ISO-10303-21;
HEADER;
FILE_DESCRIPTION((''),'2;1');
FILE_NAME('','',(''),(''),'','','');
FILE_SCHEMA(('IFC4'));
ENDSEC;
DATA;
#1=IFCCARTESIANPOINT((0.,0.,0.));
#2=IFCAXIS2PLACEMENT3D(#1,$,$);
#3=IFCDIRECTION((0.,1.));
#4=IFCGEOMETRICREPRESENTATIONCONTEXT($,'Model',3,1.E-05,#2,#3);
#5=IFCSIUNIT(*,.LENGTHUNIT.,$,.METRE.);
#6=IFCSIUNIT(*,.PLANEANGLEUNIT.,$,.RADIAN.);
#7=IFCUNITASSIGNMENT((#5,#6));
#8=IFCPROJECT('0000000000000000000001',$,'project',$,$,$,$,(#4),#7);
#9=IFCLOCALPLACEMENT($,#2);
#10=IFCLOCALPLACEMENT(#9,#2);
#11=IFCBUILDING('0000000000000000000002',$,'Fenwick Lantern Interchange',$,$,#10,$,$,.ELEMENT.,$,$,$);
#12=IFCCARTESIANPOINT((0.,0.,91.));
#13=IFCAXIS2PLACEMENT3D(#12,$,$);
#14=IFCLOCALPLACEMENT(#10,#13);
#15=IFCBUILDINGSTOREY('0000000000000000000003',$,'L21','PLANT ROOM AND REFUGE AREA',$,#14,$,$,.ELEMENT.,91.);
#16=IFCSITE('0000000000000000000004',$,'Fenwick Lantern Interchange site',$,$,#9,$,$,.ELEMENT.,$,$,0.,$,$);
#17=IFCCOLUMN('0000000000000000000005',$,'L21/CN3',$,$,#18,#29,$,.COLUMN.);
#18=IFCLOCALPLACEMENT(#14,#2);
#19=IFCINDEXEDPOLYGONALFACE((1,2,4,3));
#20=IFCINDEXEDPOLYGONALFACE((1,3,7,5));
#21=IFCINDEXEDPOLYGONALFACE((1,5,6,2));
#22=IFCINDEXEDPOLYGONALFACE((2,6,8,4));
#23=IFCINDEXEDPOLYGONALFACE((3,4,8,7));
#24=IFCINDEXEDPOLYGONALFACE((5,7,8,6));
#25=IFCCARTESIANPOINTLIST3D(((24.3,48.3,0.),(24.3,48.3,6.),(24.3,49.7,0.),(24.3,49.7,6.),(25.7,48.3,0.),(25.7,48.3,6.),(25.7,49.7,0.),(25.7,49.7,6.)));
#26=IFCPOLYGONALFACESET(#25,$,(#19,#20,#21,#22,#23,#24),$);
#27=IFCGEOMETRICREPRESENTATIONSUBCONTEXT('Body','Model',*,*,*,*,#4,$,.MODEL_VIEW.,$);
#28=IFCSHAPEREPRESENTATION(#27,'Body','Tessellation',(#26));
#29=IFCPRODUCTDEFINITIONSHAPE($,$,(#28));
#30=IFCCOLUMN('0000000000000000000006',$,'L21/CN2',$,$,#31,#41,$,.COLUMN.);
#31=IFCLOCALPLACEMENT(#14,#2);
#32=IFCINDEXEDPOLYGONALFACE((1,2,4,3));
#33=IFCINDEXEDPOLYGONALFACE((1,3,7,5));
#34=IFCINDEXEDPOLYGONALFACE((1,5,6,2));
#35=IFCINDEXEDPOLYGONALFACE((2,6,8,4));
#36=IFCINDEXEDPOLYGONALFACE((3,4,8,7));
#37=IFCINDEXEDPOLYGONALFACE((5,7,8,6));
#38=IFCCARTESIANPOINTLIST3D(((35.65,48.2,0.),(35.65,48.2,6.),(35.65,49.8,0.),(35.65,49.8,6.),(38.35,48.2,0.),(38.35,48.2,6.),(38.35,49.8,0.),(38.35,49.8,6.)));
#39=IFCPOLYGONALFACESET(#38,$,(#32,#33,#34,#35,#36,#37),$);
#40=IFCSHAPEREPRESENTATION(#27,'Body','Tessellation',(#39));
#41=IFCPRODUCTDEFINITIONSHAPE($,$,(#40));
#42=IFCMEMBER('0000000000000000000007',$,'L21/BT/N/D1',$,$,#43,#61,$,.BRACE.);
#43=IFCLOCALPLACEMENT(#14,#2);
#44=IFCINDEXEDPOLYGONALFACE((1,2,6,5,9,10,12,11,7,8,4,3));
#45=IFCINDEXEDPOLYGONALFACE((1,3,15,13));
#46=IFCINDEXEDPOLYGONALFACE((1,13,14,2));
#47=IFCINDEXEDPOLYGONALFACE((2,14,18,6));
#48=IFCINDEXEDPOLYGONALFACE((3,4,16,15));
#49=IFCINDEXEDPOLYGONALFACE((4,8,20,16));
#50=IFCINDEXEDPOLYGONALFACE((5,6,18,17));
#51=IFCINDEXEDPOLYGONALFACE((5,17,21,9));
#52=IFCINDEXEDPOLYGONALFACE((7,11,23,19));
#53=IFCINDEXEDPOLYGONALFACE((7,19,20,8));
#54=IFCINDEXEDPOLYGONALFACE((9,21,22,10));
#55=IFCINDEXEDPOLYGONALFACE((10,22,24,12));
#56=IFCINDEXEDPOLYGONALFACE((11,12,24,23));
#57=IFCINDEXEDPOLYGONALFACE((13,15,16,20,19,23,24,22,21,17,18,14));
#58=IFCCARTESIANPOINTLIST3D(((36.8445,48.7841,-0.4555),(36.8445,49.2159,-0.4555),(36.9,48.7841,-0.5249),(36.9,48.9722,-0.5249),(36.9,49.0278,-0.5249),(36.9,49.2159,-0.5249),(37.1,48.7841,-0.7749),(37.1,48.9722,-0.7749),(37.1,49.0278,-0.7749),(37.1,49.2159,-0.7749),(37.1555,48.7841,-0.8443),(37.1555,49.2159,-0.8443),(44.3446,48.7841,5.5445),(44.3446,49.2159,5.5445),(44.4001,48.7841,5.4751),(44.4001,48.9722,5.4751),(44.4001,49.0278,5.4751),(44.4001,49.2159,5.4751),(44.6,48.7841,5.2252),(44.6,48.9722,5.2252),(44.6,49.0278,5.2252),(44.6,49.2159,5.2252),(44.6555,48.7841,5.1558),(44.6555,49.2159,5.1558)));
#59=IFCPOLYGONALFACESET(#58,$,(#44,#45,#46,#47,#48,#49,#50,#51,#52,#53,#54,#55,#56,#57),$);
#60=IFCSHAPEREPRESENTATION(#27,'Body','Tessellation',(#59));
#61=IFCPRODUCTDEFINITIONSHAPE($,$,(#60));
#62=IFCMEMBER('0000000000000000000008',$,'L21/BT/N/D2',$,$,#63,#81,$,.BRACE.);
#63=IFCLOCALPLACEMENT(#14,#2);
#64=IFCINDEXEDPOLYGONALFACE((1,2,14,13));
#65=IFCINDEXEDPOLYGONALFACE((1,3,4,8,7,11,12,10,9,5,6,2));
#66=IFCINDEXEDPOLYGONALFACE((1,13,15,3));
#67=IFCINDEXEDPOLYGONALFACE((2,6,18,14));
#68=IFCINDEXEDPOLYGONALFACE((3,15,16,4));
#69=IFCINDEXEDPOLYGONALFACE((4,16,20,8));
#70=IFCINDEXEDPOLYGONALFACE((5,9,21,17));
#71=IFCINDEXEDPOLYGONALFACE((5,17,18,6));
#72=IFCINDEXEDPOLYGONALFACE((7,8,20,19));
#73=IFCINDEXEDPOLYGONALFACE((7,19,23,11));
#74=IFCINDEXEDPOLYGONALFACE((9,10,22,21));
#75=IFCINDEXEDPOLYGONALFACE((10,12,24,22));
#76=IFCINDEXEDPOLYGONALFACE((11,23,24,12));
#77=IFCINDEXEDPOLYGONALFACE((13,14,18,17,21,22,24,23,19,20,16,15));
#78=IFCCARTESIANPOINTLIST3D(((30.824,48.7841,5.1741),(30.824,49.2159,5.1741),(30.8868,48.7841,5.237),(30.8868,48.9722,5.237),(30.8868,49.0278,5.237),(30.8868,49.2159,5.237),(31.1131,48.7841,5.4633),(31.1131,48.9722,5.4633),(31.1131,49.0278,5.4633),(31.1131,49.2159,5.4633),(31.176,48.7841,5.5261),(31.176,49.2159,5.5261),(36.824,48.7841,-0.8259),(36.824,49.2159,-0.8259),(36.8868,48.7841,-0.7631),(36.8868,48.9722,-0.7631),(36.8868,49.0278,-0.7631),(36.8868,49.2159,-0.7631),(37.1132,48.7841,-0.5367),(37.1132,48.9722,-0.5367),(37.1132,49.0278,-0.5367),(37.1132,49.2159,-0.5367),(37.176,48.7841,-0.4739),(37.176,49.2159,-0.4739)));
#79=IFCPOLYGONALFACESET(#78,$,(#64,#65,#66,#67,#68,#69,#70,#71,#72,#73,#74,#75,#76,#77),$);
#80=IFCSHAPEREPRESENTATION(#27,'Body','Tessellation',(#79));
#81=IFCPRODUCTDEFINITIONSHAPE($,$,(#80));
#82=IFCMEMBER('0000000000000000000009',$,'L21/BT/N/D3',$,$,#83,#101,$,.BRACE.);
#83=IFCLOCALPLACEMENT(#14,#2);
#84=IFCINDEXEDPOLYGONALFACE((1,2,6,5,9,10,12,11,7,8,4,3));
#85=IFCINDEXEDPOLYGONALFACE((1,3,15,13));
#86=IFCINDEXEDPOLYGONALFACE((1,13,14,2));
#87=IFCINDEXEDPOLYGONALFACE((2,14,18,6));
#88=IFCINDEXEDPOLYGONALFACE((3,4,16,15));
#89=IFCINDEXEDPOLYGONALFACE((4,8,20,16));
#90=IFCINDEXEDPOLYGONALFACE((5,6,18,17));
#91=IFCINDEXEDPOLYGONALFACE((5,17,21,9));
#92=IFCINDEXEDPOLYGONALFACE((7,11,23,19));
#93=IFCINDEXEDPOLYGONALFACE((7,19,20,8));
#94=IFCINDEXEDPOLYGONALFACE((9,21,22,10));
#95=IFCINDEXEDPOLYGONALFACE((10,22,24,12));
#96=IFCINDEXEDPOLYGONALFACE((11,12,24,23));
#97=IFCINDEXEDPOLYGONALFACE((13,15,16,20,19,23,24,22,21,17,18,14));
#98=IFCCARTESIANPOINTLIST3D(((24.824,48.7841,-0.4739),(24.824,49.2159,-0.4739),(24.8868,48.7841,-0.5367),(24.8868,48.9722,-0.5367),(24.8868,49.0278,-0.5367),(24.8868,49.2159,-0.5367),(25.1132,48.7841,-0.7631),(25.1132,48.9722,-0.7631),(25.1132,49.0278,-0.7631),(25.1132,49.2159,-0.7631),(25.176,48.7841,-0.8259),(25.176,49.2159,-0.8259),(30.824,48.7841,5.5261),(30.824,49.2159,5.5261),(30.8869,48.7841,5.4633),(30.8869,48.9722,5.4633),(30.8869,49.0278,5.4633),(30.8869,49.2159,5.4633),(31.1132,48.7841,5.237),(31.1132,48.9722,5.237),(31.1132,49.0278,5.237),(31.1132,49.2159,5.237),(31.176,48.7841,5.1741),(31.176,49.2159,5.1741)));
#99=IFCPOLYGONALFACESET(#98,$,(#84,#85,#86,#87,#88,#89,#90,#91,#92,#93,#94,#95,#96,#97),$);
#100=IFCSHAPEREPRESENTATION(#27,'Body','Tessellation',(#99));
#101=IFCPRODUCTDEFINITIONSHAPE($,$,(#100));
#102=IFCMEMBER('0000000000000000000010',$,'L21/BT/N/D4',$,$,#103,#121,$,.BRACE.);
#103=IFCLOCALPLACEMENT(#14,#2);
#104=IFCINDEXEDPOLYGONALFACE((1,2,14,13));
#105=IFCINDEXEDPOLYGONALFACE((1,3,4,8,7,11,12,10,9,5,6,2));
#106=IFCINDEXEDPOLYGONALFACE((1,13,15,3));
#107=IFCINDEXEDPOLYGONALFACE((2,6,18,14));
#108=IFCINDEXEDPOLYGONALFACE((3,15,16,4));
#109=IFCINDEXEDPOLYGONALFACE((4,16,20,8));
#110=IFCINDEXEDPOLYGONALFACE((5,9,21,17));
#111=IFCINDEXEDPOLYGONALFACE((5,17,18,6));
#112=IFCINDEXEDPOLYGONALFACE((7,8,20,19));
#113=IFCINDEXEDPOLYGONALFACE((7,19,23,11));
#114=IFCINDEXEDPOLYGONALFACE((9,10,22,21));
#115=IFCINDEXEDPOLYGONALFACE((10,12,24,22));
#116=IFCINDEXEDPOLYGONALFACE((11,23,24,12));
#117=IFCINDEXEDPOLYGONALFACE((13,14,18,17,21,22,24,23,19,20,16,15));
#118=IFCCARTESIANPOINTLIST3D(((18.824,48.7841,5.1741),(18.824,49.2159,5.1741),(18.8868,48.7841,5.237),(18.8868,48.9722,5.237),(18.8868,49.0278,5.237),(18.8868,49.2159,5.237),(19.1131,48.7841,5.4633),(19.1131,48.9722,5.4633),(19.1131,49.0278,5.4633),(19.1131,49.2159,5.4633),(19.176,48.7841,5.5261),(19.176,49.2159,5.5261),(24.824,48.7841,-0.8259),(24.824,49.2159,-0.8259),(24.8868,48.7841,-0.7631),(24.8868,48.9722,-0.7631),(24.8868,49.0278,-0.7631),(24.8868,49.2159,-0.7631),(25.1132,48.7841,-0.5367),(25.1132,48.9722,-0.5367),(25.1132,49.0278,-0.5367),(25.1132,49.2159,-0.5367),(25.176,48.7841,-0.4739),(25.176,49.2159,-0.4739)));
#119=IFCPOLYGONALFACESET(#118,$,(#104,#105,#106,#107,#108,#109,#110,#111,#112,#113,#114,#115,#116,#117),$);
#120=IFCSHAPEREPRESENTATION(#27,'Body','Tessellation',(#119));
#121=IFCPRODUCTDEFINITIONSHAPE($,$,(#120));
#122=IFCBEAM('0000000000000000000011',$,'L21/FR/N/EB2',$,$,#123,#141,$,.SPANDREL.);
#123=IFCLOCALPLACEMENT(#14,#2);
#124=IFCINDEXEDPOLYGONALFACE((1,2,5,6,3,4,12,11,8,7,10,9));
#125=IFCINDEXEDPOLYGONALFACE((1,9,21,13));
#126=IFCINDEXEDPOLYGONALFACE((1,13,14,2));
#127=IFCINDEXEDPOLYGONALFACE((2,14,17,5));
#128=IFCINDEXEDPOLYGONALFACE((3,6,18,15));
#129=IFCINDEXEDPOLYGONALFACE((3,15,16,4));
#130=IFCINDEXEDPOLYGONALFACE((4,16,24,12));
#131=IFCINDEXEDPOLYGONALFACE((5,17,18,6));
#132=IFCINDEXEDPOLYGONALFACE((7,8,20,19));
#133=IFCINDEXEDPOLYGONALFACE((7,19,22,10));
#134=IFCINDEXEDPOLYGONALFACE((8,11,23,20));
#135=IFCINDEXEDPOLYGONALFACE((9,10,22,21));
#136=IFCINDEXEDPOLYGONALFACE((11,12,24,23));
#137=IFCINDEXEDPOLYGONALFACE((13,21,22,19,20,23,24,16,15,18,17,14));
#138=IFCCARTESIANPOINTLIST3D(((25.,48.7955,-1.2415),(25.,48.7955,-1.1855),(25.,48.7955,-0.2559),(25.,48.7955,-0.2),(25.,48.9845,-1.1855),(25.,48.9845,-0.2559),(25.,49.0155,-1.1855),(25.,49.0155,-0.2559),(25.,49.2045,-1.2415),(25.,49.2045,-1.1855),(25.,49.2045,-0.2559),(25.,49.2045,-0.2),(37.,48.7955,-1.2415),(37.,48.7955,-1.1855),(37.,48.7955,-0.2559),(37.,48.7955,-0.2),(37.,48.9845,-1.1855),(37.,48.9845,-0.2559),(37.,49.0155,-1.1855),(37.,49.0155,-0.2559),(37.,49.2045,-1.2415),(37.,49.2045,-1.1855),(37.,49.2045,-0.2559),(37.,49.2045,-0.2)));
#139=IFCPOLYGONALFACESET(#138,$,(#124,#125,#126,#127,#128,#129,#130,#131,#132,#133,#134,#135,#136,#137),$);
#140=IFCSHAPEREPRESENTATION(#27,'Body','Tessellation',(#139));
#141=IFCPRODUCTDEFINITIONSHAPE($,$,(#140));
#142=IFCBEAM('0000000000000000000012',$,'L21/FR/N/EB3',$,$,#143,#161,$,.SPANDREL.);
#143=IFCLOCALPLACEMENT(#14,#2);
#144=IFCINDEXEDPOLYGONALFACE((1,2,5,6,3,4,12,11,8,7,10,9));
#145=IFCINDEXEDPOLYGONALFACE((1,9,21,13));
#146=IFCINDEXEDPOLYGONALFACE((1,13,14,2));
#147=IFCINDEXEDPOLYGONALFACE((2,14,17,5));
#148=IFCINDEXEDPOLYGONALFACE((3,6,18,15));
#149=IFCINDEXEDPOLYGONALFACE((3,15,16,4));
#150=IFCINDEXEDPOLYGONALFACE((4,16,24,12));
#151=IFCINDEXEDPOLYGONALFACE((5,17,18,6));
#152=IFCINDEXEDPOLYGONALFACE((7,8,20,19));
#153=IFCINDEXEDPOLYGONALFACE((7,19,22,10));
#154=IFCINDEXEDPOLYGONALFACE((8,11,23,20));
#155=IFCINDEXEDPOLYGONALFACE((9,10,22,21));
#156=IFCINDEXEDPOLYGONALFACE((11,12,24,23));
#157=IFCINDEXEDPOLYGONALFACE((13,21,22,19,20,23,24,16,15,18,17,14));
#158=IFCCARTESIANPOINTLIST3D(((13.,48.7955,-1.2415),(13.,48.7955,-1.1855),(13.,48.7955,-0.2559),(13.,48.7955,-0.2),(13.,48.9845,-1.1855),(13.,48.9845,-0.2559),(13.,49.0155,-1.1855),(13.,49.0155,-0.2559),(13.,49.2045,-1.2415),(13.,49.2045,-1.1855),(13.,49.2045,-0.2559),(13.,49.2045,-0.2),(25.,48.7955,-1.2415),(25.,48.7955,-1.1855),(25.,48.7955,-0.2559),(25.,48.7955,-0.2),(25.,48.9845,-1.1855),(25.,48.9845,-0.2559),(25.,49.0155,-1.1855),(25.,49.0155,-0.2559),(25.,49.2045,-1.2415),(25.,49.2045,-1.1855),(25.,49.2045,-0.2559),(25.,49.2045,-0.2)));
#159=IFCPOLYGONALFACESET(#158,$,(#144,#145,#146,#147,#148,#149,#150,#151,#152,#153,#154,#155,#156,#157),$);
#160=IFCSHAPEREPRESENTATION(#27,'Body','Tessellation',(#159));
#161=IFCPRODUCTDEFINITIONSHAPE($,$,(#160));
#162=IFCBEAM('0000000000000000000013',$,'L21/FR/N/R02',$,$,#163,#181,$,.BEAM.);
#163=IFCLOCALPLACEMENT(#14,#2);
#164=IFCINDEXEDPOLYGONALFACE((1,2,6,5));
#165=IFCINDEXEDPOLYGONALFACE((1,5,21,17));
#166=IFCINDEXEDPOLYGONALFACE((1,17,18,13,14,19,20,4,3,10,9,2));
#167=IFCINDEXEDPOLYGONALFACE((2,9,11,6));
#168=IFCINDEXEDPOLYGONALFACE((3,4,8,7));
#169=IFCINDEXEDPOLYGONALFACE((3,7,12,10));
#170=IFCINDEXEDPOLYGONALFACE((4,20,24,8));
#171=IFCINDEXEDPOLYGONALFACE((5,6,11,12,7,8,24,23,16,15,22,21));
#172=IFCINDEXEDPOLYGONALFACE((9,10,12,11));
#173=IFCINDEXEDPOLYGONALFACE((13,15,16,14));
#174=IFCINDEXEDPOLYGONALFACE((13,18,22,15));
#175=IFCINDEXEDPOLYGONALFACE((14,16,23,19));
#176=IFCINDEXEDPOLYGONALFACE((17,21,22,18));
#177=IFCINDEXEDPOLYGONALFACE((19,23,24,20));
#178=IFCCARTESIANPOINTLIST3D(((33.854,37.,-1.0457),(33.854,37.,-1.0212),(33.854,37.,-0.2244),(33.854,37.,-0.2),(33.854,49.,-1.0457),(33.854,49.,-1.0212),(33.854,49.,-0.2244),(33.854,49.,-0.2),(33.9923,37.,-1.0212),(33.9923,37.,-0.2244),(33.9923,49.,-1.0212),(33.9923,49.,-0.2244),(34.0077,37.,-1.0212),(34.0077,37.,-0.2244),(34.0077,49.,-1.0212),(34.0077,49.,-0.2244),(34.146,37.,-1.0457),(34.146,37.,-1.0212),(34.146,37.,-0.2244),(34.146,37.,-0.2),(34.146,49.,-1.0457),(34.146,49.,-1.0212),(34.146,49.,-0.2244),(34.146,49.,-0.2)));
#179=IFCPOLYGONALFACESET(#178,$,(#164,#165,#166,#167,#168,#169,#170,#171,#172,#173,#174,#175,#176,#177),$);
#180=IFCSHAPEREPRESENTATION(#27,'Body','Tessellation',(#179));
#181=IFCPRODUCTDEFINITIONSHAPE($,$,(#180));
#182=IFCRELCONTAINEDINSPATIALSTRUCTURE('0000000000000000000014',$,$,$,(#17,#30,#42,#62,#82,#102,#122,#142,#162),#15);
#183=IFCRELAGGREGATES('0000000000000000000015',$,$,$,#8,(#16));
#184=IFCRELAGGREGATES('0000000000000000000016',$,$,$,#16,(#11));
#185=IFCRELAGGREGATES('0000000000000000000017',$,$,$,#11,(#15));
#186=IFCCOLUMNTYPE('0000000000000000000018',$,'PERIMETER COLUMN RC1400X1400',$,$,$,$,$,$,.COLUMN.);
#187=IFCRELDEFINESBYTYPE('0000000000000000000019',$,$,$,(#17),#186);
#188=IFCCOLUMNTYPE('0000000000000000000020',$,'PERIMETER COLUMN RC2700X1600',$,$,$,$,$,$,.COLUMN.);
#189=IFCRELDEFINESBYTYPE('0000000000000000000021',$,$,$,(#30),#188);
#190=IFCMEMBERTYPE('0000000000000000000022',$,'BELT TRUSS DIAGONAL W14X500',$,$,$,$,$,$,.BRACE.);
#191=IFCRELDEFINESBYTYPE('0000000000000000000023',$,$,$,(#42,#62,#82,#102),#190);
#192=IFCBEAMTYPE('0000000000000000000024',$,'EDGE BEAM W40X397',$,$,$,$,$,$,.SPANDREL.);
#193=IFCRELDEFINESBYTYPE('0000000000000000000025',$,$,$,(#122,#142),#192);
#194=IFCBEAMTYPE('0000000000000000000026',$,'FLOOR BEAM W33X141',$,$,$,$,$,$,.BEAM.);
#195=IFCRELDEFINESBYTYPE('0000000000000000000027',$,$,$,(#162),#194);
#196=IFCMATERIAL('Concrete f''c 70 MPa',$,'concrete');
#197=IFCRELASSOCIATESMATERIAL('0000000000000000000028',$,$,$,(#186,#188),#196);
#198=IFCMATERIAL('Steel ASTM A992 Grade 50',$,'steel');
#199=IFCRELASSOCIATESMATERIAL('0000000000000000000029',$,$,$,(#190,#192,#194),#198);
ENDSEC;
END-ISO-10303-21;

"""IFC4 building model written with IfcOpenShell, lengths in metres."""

from ifc_helpers import new_model, si_unit, direction, frame, origin, origin_2d, place, context, subcontext, project, spatial, rectangle, i_section, extrude, material, material_profile, profile_set, type_object, element, save


model = new_model("IFC4")

# Units and contexts
model_context = context("Model", 3, precision=1e-05, world=origin(), true_north=direction((0.0, 1.0)))
body_context = subcontext(model_context, "Body", "Model", "MODEL_VIEW")
ifc_project = project(units=[si_unit("LENGTHUNIT", "METRE"), si_unit("PLANEANGLEUNIT", "RADIAN")], contexts=[model_context])

# Site, building, storey
site_placement = place(None, origin())
site = spatial("IfcSite", under=ifc_project, at=site_placement, Name="Fenwick Lantern Interchange site", CompositionType="ELEMENT", RefElevation=0.0)
building_placement = place(site_placement, origin())
building = spatial("IfcBuilding", under=site, at=building_placement, Name="Fenwick Lantern Interchange", CompositionType="ELEMENT")
storey_placement = place(building_placement, frame((0.0, 0.0, 91.0)))
storey = spatial("IfcBuildingStorey", under=building, at=storey_placement, Name="L21", Description="PLANT ROOM AND REFUGE AREA", CompositionType="ELEMENT", Elevation=91.0)

# Columns
ifc_material_1 = material(Name="Concrete f'c 70 MPa", Category="concrete")
ifc_material_profile_1 = material_profile(ifc_material_1, rectangle(XDim=1.3999, YDim=1.3999, at=origin_2d()), Name="RC1400X1400")
ifc_profile_set_1 = profile_set([ifc_material_profile_1], Name="Concrete f'c 70 MPa")
column_type_1 = type_object("IfcColumnType", Name="PERIMETER COLUMN RC1400X1400", PredefinedType="COLUMN", material=ifc_profile_set_1)
column_1_placement = place(storey_placement, frame((25.0, 49.0, 0.0), z_axis=(0.0, 0.0, 1.0), x_axis=(1.0, 0.0, 0.0)))
element("IfcColumn", 1, at=column_1_placement, inside=storey, type_object=column_type_1, Name="L21/CN3", PredefinedType="COLUMN", context=body_context, shape_type="SweptSolid", body=[
    extrude(rectangle(XDim=1.3999, YDim=1.3999, at=origin_2d()), origin(), (0.0, 0.0, 1.0), 6.0),
])
ifc_material_profile_2 = material_profile(ifc_material_1, rectangle(XDim=2.7, YDim=1.6001, at=origin_2d()), Name="RC2700X1600")
ifc_profile_set_2 = profile_set([ifc_material_profile_2], Name="Concrete f'c 70 MPa")
column_type_2 = type_object("IfcColumnType", Name="PERIMETER COLUMN RC2700X1600", PredefinedType="COLUMN", material=ifc_profile_set_2)
column_2_placement = place(storey_placement, frame((37.0, 49.0, 0.0), z_axis=(0.0, 0.0, 1.0), x_axis=(1.0, 0.0, 0.0)))
element("IfcColumn", 2, at=column_2_placement, inside=storey, type_object=column_type_2, Name="L21/CN2", PredefinedType="COLUMN", context=body_context, shape_type="SweptSolid", body=[
    extrude(rectangle(XDim=2.7, YDim=1.6001, at=origin_2d()), origin(), (0.0, 0.0, 1.0), 6.0),
])

# Members
ifc_material_2 = material(Name="Steel ASTM A992 Grade 50", Category="steel")
ifc_material_profile_3 = material_profile(ifc_material_2, i_section(OverallWidth=0.4319, OverallDepth=0.4978, WebThickness=0.0557, FlangeThickness=0.0889, at=origin_2d()), Name="W14X500")
ifc_profile_set_3 = profile_set([ifc_material_profile_3], Name="Steel ASTM A992 Grade 50")
member_type_1 = type_object("IfcMemberType", Name="BELT TRUSS DIAGONAL W14X500", PredefinedType="BRACE", material=ifc_profile_set_3)
member_1_placement = place(storey_placement, frame((37.0, 49.0, -0.6499), z_axis=(0.780869, 0.0, 0.624695), x_axis=(0.0, 1.0, 0.0)))
element("IfcMember", 3, at=member_1_placement, inside=storey, type_object=member_type_1, Name="L21/BT/N/D1", PredefinedType="BRACE", context=body_context, shape_type="SweptSolid", body=[
    extrude(i_section(OverallWidth=0.4319, OverallDepth=0.4978, WebThickness=0.0557, FlangeThickness=0.0889, at=origin_2d()), origin(), (0.0, 0.0, 1.0), 9.6047),
])
for number, where, z_axis, x_axis, name in (
    (4, (37.0, 49.0, -0.6499), (-0.707107, 0.0, 0.707107), (0.0, -1.0, 0.0), "L21/BT/N/D2"),
    (5, (25.0, 49.0, -0.6499), (0.707107, 0.0, 0.707107), (0.0, 1.0, 0.0), "L21/BT/N/D3"),
    (6, (25.0, 49.0, -0.6499), (-0.707107, 0.0, 0.707107), (0.0, -1.0, 0.0), "L21/BT/N/D4"),
):
    element("IfcMember", number, at=place(storey_placement, frame(where, z_axis=z_axis, x_axis=x_axis)), inside=storey, type_object=member_type_1, Name=name, PredefinedType="BRACE", context=body_context, shape_type="SweptSolid", body=[
        extrude(i_section(OverallWidth=0.4319, OverallDepth=0.4978, WebThickness=0.0557, FlangeThickness=0.0889, at=origin_2d()), origin(), (0.0, 0.0, 1.0), 8.4854),
    ])

# Beams
ifc_material_profile_4 = material_profile(ifc_material_2, i_section(OverallWidth=0.4089, OverallDepth=1.0415, WebThickness=0.031, FlangeThickness=0.0559, at=origin_2d()), Name="W40X397")
ifc_profile_set_4 = profile_set([ifc_material_profile_4], Name="Steel ASTM A992 Grade 50")
beam_type_1 = type_object("IfcBeamType", Name="EDGE BEAM W40X397", PredefinedType="SPANDREL", material=ifc_profile_set_4)
for number, where, z_axis, x_axis, name in (
    (7, (37.0, 49.0, -0.7207), (-1.0, 0.0, 0.0), (0.0, -1.0, 0.0), "L21/FR/N/EB2"),
    (8, (25.0, 49.0, -0.7207), (-1.0, 0.0, 0.0), (0.0, -1.0, 0.0), "L21/FR/N/EB3"),
):
    element("IfcBeam", number, at=place(storey_placement, frame(where, z_axis=z_axis, x_axis=x_axis)), inside=storey, type_object=beam_type_1, Name=name, PredefinedType="SPANDREL", context=body_context, shape_type="SweptSolid", body=[
        extrude(i_section(OverallWidth=0.4089, OverallDepth=1.0415, WebThickness=0.031, FlangeThickness=0.0559, at=origin_2d()), origin(), (0.0, 0.0, 1.0), 12.0),
    ])
ifc_material_profile_5 = material_profile(ifc_material_2, i_section(OverallWidth=0.292, OverallDepth=0.8457, WebThickness=0.0154, FlangeThickness=0.0244, at=origin_2d()), Name="W33X141")
ifc_profile_set_5 = profile_set([ifc_material_profile_5], Name="Steel ASTM A992 Grade 50")
beam_type_2 = type_object("IfcBeamType", Name="FLOOR BEAM W33X141", PredefinedType="BEAM", material=ifc_profile_set_5)
for number, where, z_axis, x_axis, name in (
    (9, (34.0, 49.0, -0.6228), (0.0, -1.0, 0.0), (1.0, 0.0, 0.0), "L21/FR/N/R02"),
):
    element("IfcBeam", number, at=place(storey_placement, frame(where, z_axis=z_axis, x_axis=x_axis)), inside=storey, type_object=beam_type_2, Name=name, PredefinedType="BEAM", context=body_context, shape_type="SweptSolid", body=[
        extrude(i_section(OverallWidth=0.292, OverallDepth=0.8457, WebThickness=0.0154, FlangeThickness=0.0244, at=origin_2d()), origin(), (0.0, 0.0, 1.0), 12.0),
    ])

save(model, "model.ifc")
